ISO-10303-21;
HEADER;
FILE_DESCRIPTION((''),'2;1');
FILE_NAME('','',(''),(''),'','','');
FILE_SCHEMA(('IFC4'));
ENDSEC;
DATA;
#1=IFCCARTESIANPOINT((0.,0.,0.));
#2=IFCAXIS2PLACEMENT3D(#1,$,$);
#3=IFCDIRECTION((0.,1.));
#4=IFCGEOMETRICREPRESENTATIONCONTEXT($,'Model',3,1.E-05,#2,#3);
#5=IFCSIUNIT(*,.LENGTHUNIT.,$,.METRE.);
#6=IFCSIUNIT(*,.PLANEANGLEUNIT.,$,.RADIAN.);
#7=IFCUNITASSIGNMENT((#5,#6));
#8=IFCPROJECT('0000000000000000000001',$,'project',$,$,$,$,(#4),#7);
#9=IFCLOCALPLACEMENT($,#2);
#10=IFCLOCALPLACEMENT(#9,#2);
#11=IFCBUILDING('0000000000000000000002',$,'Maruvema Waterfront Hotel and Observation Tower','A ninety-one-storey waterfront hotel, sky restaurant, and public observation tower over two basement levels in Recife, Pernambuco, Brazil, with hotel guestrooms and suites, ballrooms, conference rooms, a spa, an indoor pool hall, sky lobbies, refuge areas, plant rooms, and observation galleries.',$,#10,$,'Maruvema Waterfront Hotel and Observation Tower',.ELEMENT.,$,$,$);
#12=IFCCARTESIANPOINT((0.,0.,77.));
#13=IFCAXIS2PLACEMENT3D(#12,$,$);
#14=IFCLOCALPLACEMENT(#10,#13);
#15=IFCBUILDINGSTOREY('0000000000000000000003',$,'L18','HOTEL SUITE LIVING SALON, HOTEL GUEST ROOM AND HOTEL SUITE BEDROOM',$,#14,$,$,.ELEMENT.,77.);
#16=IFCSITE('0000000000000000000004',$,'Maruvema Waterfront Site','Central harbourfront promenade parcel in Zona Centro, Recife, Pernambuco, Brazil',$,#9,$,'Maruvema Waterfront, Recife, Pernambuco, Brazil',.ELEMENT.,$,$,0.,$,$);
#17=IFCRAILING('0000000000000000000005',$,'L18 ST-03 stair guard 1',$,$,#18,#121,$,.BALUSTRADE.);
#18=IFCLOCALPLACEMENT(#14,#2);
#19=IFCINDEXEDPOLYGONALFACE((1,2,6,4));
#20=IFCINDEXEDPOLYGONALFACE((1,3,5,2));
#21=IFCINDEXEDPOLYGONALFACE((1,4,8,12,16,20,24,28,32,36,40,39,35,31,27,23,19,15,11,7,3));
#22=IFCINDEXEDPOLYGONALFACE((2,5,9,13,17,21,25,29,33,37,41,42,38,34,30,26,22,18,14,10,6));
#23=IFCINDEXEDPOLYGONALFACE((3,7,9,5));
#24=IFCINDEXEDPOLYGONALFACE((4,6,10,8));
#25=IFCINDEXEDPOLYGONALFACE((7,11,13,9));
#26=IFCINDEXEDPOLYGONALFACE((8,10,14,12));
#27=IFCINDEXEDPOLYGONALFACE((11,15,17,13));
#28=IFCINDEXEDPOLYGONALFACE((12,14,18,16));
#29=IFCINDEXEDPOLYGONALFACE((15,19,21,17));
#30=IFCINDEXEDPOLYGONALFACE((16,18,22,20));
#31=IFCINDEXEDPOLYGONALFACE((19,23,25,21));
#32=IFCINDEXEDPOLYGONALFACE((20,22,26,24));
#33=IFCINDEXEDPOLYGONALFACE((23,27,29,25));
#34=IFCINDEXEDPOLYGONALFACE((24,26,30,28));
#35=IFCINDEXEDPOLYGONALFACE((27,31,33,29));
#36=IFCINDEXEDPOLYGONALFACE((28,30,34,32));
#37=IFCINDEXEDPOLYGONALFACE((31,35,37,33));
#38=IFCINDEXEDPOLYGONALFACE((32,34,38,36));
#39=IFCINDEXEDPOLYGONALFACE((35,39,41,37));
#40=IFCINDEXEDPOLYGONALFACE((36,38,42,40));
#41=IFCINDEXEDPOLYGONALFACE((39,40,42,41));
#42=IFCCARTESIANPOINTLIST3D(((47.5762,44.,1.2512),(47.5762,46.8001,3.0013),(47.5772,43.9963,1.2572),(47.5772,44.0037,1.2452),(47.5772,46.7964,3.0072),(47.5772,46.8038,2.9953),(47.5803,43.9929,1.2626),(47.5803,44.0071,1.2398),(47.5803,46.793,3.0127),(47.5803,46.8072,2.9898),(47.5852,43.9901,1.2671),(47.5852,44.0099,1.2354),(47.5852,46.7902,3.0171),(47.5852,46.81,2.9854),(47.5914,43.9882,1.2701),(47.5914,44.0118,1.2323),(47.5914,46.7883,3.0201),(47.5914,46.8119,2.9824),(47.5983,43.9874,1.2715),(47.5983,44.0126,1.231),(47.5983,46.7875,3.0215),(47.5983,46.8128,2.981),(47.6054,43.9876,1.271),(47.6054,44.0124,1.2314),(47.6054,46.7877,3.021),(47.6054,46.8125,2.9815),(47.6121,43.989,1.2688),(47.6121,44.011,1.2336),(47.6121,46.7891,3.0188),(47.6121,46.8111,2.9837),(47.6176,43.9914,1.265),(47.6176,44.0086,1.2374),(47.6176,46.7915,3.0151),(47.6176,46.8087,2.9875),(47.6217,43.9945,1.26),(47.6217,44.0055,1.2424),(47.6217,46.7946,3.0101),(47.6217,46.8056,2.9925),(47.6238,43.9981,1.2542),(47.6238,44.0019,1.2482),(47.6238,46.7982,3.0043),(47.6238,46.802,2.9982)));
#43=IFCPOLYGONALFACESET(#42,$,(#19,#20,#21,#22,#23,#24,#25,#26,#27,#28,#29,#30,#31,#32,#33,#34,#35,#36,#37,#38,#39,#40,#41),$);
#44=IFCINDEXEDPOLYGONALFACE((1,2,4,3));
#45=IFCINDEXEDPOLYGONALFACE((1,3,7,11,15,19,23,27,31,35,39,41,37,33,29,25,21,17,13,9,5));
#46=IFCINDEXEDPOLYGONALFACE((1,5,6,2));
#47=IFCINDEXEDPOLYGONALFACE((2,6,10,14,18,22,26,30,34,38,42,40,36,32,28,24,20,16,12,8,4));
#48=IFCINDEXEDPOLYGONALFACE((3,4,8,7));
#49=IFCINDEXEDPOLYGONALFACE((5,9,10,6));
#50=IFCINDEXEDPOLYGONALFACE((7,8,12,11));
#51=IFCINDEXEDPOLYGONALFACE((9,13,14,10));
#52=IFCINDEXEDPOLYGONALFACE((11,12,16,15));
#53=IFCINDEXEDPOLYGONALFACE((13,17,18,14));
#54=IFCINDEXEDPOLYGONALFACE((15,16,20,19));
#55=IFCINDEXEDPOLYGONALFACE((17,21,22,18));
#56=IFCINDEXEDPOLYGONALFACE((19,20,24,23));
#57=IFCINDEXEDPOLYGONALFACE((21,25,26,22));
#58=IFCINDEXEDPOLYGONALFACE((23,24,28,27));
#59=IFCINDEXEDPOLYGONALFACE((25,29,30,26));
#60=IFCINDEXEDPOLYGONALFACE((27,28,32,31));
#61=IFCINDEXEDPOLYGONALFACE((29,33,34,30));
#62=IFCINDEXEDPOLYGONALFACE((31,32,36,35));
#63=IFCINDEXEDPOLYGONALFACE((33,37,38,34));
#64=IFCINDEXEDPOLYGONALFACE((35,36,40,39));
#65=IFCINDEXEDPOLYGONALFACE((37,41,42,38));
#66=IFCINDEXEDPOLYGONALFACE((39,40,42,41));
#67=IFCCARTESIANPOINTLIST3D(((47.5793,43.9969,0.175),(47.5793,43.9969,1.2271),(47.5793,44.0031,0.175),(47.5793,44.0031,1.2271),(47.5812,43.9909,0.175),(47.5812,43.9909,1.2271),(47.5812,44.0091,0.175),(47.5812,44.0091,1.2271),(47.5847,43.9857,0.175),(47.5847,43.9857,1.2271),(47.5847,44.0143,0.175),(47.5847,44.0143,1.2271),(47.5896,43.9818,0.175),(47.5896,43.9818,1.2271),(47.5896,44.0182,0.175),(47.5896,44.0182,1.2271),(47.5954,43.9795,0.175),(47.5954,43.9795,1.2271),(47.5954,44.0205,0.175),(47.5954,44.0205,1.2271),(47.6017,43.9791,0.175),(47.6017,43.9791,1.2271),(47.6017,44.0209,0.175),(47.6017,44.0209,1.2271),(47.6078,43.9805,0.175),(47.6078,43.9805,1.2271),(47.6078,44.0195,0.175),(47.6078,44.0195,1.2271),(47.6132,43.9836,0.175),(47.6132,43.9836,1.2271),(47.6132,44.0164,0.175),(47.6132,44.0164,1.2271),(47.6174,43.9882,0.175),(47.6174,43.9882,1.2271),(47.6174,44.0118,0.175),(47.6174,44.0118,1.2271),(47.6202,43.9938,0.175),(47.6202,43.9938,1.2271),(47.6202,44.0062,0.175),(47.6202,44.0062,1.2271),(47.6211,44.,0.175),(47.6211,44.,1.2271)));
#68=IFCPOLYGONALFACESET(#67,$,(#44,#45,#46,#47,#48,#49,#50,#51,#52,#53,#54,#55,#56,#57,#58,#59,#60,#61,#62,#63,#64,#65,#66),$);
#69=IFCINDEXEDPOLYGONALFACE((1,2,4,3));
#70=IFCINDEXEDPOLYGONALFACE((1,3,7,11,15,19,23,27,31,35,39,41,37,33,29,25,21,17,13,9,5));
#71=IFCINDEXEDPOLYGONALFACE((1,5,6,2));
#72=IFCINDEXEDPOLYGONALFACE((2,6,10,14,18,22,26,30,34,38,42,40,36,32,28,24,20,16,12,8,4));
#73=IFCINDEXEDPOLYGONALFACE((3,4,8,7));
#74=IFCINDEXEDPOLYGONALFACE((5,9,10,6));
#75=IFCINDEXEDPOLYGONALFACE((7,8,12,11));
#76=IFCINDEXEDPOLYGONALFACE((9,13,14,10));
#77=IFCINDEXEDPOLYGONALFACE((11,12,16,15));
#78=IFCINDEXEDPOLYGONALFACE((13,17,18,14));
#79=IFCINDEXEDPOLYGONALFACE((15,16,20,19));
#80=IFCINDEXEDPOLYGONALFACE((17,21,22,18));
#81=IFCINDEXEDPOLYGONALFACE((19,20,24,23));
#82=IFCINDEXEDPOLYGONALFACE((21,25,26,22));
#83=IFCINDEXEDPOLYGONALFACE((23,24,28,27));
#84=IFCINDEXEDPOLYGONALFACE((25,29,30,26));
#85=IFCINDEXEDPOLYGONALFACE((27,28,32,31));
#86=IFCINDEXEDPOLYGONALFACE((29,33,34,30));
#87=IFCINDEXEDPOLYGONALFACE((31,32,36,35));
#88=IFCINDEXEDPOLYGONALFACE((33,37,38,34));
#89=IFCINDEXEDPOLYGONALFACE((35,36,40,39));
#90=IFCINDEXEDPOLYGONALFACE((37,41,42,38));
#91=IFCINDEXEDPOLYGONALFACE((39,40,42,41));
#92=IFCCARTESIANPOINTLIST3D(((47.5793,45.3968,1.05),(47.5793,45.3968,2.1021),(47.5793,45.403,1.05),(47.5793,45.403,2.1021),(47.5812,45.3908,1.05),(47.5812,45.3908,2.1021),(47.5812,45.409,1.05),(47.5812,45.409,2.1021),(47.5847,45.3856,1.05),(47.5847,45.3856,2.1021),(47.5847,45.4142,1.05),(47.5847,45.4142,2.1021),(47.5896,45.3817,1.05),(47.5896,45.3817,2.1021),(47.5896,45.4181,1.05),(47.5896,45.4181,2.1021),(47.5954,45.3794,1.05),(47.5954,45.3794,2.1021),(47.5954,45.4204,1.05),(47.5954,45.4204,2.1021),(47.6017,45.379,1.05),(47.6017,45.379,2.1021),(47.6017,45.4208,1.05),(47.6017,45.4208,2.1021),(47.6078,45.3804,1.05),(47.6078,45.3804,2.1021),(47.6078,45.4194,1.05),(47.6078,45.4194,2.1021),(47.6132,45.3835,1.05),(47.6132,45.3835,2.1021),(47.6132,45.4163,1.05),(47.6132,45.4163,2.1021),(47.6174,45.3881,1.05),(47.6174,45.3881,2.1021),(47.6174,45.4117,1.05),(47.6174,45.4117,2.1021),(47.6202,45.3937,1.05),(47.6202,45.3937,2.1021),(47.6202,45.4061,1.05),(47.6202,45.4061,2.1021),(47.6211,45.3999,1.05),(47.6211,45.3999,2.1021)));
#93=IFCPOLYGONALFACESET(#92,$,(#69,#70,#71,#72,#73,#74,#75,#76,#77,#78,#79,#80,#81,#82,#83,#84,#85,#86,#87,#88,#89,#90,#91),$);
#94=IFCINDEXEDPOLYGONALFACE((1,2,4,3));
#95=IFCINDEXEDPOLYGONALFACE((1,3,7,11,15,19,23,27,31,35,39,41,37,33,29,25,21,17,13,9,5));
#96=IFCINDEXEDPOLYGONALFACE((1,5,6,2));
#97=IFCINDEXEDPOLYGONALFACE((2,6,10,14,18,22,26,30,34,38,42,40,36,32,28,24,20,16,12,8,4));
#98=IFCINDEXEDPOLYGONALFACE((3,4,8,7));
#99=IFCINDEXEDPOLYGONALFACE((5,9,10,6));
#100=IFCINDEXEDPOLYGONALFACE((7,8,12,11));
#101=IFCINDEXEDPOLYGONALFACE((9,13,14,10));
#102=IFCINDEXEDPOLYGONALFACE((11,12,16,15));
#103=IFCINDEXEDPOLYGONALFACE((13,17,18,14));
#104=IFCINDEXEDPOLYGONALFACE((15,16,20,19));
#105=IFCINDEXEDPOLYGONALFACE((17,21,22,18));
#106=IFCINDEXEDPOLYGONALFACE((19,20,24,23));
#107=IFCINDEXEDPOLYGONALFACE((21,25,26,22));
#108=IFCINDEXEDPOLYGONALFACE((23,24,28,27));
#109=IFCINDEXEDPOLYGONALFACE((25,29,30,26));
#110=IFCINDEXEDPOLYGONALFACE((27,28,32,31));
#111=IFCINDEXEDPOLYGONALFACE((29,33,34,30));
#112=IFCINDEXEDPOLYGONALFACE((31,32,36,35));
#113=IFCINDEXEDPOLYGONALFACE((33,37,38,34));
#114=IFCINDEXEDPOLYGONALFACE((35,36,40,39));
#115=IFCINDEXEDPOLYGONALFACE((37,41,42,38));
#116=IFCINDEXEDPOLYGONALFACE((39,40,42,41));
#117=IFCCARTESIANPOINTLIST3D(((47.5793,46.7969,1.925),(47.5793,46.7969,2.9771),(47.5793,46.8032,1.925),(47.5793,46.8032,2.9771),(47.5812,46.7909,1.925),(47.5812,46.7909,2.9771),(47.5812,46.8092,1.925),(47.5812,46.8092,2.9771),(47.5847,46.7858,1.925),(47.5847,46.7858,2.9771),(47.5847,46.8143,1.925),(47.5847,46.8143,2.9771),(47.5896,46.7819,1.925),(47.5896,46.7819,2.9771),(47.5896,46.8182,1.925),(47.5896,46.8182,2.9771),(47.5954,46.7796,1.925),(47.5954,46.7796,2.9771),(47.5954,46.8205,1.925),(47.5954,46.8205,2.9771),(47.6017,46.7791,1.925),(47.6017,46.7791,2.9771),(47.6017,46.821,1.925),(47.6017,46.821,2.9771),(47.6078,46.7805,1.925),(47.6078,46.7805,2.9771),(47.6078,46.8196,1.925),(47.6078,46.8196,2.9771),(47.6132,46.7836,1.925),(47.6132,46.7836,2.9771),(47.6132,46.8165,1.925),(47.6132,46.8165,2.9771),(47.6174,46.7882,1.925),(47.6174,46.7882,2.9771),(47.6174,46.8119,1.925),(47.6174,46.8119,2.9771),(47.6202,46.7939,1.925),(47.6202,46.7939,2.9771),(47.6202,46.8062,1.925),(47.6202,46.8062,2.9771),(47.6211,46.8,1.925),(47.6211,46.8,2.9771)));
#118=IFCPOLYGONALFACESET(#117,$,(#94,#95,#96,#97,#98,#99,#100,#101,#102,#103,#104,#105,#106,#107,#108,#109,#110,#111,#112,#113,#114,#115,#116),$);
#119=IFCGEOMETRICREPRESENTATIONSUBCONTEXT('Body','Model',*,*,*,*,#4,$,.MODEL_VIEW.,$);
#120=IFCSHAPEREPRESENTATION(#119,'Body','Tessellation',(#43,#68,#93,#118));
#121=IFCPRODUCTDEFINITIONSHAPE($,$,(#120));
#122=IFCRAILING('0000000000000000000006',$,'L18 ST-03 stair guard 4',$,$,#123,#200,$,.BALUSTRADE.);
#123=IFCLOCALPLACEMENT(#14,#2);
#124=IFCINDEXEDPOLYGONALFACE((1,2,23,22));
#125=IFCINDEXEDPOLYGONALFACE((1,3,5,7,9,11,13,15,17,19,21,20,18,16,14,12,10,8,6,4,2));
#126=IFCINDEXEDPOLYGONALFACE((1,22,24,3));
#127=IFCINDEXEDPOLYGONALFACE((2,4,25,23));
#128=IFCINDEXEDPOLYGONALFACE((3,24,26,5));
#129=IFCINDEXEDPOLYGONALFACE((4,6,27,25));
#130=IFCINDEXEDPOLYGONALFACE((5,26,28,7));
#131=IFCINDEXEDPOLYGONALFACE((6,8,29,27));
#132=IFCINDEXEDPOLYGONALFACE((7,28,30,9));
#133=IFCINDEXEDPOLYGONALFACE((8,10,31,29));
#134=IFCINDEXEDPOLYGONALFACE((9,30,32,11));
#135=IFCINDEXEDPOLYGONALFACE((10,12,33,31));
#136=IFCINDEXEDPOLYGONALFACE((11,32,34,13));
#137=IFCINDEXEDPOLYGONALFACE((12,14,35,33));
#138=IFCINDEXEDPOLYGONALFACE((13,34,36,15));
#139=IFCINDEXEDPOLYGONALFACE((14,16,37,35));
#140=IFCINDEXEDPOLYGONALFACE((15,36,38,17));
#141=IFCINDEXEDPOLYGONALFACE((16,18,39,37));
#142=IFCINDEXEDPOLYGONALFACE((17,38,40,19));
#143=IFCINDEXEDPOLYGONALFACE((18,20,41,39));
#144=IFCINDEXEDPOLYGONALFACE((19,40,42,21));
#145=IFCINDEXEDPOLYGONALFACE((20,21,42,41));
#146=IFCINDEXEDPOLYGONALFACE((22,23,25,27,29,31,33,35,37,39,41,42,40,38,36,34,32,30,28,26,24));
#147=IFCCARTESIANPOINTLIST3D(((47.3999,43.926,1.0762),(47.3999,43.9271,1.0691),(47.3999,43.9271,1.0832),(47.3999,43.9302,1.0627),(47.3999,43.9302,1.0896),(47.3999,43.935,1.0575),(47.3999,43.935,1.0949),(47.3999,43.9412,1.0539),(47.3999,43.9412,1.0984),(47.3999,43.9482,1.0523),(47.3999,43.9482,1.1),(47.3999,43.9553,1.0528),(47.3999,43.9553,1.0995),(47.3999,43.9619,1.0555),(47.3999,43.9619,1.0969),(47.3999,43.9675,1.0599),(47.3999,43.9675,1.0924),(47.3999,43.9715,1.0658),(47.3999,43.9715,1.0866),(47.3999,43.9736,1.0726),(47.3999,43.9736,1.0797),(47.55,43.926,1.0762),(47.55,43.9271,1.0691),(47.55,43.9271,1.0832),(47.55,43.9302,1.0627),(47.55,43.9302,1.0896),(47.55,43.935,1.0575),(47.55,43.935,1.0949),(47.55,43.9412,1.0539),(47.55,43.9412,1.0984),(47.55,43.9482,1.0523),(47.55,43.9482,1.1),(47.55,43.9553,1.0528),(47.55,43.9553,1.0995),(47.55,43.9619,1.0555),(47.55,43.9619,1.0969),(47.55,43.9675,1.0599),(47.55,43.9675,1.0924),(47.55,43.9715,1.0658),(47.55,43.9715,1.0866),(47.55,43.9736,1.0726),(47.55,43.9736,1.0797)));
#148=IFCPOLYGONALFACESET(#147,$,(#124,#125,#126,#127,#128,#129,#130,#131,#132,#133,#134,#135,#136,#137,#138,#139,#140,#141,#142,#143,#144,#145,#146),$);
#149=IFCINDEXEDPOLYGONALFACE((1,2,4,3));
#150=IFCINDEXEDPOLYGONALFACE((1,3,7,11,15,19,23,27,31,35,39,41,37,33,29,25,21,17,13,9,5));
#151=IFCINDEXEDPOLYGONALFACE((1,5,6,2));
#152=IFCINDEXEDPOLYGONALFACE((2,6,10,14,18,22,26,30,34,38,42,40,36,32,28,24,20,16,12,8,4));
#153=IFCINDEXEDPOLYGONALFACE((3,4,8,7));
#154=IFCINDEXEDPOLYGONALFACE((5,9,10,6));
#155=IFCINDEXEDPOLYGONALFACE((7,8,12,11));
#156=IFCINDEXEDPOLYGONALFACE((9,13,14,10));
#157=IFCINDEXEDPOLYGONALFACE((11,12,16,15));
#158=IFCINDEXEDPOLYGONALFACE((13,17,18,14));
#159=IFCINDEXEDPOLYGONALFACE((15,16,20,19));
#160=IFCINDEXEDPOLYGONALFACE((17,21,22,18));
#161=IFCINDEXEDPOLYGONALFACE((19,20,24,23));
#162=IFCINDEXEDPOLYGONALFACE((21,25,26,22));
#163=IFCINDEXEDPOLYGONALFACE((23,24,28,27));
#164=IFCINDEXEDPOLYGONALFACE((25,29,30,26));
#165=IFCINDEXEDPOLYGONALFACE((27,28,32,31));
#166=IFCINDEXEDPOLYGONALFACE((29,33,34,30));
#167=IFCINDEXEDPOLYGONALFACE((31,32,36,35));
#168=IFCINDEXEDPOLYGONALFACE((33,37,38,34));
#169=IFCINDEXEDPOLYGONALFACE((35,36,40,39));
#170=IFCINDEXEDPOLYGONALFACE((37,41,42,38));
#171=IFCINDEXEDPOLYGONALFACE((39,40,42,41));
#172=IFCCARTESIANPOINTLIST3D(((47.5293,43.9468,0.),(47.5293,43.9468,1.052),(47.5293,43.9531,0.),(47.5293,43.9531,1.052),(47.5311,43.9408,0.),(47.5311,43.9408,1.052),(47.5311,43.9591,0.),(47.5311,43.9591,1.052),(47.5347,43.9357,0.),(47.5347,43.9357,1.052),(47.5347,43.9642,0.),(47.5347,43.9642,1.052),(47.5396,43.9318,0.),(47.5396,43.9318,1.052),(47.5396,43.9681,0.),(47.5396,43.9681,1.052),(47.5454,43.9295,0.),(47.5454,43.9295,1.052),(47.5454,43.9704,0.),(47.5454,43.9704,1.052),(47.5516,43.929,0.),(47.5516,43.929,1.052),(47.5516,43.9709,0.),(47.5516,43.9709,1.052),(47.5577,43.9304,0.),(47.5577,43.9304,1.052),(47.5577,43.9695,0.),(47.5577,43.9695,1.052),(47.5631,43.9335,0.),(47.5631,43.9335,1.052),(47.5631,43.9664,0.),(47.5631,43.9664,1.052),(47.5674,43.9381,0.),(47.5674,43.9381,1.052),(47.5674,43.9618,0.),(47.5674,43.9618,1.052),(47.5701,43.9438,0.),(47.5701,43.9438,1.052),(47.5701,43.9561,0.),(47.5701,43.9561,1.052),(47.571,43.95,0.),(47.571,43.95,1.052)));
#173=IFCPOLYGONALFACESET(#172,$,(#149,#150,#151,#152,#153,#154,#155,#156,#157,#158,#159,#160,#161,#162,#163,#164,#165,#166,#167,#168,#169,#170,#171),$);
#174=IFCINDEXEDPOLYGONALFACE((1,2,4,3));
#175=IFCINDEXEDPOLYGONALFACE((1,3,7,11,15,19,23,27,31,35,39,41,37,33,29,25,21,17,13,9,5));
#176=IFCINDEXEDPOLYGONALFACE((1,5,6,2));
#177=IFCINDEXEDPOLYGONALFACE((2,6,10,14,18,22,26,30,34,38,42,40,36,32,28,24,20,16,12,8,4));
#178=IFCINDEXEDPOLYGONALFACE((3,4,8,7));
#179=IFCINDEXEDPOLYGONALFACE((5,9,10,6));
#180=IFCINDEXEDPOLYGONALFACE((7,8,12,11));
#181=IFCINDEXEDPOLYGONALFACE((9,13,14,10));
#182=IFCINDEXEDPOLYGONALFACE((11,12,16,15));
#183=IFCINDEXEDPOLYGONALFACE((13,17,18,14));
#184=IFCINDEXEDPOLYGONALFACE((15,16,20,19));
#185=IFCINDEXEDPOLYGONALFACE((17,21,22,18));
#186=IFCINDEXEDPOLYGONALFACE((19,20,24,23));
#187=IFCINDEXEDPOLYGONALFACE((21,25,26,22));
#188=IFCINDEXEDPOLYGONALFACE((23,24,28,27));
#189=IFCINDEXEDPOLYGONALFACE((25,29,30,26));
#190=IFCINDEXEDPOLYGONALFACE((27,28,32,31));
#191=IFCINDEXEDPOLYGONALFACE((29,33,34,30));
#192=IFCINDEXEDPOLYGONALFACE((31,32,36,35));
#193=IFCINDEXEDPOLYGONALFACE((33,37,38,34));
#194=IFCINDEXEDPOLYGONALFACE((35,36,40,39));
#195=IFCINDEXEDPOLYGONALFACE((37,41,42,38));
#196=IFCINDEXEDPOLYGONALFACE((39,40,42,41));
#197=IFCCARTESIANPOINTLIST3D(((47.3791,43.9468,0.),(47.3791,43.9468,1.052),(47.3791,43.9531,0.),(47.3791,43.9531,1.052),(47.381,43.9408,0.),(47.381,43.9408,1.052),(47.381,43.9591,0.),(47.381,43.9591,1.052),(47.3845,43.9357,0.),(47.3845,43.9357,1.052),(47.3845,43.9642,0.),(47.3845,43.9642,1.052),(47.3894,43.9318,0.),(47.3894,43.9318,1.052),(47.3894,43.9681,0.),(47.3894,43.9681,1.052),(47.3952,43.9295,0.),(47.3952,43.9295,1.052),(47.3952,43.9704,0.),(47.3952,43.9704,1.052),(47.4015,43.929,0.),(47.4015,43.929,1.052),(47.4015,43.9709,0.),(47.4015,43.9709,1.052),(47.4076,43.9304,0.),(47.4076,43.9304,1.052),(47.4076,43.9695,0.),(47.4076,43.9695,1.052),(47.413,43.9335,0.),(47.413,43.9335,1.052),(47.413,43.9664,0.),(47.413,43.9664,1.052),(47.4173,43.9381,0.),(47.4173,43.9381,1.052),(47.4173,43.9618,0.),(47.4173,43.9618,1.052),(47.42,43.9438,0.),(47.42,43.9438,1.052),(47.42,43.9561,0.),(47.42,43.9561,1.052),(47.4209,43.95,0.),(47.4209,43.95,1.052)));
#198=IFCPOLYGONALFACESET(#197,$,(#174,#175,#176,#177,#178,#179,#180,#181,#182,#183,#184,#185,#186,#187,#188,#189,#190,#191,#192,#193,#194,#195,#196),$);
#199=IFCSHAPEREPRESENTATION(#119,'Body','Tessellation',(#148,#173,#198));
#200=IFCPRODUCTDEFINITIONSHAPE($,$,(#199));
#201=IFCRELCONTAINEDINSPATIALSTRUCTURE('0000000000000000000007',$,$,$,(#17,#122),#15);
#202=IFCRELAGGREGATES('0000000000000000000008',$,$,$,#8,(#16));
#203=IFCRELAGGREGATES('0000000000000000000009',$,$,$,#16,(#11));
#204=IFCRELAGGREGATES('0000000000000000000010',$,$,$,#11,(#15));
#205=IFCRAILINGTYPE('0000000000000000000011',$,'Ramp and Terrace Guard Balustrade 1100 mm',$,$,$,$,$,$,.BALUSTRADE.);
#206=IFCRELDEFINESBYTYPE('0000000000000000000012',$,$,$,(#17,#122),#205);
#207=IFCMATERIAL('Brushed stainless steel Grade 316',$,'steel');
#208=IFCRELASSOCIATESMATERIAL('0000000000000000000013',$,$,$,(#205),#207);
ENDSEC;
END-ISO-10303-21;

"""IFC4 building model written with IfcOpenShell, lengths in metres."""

from ifc_helpers import new_model, si_unit, direction, frame, origin, origin_2d, place, context, subcontext, project, spatial, circle, extrude, material, type_object, element, save


model = new_model("IFC4")

# Units and contexts
model_context = context("Model", 3, precision=1e-05, world=origin(), true_north=direction((0.0, 1.0)))
body_context = subcontext(model_context, "Body", "Model", "MODEL_VIEW")
ifc_project = project(units=[si_unit("LENGTHUNIT", "METRE"), si_unit("PLANEANGLEUNIT", "RADIAN")], contexts=[model_context])

# Site, building, storey
site_placement = place(None, origin())
site = spatial("IfcSite", under=ifc_project, at=site_placement, Name="Maruvema Waterfront Site", Description="Central harbourfront promenade parcel in Zona Centro, Recife, Pernambuco, Brazil", LongName="Maruvema Waterfront, Recife, Pernambuco, Brazil", CompositionType="ELEMENT", RefElevation=0.0)
building_placement = place(site_placement, origin())
building = spatial("IfcBuilding", under=site, at=building_placement, Name="Maruvema Waterfront Hotel and Observation Tower", Description="A ninety-one-storey waterfront hotel, sky restaurant, and public observation tower over two basement levels in Recife, Pernambuco, Brazil, with hotel guestrooms and suites, ballrooms, conference rooms, a spa, an indoor pool hall, sky lobbies, refuge areas, plant rooms, and observation galleries.", LongName="Maruvema Waterfront Hotel and Observation Tower", CompositionType="ELEMENT")
storey_placement = place(building_placement, frame((0.0, 0.0, 77.0)))
storey = spatial("IfcBuildingStorey", under=building, at=storey_placement, Name="L18", Description="HOTEL SUITE LIVING SALON, HOTEL GUEST ROOM AND HOTEL SUITE BEDROOM", CompositionType="ELEMENT", Elevation=77.0)

# Railings
ifc_material_1 = material(Name="Brushed stainless steel Grade 316", Category="steel")
railing_type_1 = type_object("IfcRailingType", Name="Ramp and Terrace Guard Balustrade 1100 mm", PredefinedType="BALUSTRADE", material=ifc_material_1)
railing_1_placement = place(storey_placement, frame((47.6001, 44.0, 0.175)))
element("IfcRailing", 1, at=railing_1_placement, inside=storey, type_object=railing_type_1, Name="L18 ST-03 stair guard 1", PredefinedType="BALUSTRADE", context=body_context, shape_type="SweptSolid", body=[
    extrude(circle(Radius=0.0239, at=origin_2d()), frame((0.0, 0.0, 1.0762), z_axis=(0.0, 0.848002, 0.529992), x_axis=(-1.0, 0.0, 0.0)), (0.0, 0.0, 1.0), 3.302),
    extrude(circle(Radius=0.021, at=origin_2d()), origin(), (0.0, 0.0, 1.0), 1.052),
    extrude(circle(Radius=0.021, at=origin_2d()), frame((0.0, 1.3999, 0.875)), (0.0, 0.0, 1.0), 1.052),
    extrude(circle(Radius=0.021, at=origin_2d()), frame((0.0, 2.8, 1.75)), (0.0, 0.0, 1.0), 1.052),
])
railing_2_placement = place(storey_placement, frame((47.55, 43.95, 0.0)))
element("IfcRailing", 2, at=railing_2_placement, inside=storey, type_object=railing_type_1, Name="L18 ST-03 stair guard 4", PredefinedType="BALUSTRADE", context=body_context, shape_type="SweptSolid", body=[
    extrude(circle(Radius=0.0239, at=origin_2d()), frame((0.0, 0.0, 1.0762), z_axis=(-1.0, 0.0, 0.0), x_axis=(0.0, -1.0, 0.0)), (0.0, 0.0, 1.0), 0.1501),
    extrude(circle(Radius=0.021, at=origin_2d()), origin(), (0.0, 0.0, 1.0), 1.052),
    extrude(circle(Radius=0.021, at=origin_2d()), frame((-0.1501, 0.0, 0.0)), (0.0, 0.0, 1.0), 1.052),
])

save(model, "model.ifc")
